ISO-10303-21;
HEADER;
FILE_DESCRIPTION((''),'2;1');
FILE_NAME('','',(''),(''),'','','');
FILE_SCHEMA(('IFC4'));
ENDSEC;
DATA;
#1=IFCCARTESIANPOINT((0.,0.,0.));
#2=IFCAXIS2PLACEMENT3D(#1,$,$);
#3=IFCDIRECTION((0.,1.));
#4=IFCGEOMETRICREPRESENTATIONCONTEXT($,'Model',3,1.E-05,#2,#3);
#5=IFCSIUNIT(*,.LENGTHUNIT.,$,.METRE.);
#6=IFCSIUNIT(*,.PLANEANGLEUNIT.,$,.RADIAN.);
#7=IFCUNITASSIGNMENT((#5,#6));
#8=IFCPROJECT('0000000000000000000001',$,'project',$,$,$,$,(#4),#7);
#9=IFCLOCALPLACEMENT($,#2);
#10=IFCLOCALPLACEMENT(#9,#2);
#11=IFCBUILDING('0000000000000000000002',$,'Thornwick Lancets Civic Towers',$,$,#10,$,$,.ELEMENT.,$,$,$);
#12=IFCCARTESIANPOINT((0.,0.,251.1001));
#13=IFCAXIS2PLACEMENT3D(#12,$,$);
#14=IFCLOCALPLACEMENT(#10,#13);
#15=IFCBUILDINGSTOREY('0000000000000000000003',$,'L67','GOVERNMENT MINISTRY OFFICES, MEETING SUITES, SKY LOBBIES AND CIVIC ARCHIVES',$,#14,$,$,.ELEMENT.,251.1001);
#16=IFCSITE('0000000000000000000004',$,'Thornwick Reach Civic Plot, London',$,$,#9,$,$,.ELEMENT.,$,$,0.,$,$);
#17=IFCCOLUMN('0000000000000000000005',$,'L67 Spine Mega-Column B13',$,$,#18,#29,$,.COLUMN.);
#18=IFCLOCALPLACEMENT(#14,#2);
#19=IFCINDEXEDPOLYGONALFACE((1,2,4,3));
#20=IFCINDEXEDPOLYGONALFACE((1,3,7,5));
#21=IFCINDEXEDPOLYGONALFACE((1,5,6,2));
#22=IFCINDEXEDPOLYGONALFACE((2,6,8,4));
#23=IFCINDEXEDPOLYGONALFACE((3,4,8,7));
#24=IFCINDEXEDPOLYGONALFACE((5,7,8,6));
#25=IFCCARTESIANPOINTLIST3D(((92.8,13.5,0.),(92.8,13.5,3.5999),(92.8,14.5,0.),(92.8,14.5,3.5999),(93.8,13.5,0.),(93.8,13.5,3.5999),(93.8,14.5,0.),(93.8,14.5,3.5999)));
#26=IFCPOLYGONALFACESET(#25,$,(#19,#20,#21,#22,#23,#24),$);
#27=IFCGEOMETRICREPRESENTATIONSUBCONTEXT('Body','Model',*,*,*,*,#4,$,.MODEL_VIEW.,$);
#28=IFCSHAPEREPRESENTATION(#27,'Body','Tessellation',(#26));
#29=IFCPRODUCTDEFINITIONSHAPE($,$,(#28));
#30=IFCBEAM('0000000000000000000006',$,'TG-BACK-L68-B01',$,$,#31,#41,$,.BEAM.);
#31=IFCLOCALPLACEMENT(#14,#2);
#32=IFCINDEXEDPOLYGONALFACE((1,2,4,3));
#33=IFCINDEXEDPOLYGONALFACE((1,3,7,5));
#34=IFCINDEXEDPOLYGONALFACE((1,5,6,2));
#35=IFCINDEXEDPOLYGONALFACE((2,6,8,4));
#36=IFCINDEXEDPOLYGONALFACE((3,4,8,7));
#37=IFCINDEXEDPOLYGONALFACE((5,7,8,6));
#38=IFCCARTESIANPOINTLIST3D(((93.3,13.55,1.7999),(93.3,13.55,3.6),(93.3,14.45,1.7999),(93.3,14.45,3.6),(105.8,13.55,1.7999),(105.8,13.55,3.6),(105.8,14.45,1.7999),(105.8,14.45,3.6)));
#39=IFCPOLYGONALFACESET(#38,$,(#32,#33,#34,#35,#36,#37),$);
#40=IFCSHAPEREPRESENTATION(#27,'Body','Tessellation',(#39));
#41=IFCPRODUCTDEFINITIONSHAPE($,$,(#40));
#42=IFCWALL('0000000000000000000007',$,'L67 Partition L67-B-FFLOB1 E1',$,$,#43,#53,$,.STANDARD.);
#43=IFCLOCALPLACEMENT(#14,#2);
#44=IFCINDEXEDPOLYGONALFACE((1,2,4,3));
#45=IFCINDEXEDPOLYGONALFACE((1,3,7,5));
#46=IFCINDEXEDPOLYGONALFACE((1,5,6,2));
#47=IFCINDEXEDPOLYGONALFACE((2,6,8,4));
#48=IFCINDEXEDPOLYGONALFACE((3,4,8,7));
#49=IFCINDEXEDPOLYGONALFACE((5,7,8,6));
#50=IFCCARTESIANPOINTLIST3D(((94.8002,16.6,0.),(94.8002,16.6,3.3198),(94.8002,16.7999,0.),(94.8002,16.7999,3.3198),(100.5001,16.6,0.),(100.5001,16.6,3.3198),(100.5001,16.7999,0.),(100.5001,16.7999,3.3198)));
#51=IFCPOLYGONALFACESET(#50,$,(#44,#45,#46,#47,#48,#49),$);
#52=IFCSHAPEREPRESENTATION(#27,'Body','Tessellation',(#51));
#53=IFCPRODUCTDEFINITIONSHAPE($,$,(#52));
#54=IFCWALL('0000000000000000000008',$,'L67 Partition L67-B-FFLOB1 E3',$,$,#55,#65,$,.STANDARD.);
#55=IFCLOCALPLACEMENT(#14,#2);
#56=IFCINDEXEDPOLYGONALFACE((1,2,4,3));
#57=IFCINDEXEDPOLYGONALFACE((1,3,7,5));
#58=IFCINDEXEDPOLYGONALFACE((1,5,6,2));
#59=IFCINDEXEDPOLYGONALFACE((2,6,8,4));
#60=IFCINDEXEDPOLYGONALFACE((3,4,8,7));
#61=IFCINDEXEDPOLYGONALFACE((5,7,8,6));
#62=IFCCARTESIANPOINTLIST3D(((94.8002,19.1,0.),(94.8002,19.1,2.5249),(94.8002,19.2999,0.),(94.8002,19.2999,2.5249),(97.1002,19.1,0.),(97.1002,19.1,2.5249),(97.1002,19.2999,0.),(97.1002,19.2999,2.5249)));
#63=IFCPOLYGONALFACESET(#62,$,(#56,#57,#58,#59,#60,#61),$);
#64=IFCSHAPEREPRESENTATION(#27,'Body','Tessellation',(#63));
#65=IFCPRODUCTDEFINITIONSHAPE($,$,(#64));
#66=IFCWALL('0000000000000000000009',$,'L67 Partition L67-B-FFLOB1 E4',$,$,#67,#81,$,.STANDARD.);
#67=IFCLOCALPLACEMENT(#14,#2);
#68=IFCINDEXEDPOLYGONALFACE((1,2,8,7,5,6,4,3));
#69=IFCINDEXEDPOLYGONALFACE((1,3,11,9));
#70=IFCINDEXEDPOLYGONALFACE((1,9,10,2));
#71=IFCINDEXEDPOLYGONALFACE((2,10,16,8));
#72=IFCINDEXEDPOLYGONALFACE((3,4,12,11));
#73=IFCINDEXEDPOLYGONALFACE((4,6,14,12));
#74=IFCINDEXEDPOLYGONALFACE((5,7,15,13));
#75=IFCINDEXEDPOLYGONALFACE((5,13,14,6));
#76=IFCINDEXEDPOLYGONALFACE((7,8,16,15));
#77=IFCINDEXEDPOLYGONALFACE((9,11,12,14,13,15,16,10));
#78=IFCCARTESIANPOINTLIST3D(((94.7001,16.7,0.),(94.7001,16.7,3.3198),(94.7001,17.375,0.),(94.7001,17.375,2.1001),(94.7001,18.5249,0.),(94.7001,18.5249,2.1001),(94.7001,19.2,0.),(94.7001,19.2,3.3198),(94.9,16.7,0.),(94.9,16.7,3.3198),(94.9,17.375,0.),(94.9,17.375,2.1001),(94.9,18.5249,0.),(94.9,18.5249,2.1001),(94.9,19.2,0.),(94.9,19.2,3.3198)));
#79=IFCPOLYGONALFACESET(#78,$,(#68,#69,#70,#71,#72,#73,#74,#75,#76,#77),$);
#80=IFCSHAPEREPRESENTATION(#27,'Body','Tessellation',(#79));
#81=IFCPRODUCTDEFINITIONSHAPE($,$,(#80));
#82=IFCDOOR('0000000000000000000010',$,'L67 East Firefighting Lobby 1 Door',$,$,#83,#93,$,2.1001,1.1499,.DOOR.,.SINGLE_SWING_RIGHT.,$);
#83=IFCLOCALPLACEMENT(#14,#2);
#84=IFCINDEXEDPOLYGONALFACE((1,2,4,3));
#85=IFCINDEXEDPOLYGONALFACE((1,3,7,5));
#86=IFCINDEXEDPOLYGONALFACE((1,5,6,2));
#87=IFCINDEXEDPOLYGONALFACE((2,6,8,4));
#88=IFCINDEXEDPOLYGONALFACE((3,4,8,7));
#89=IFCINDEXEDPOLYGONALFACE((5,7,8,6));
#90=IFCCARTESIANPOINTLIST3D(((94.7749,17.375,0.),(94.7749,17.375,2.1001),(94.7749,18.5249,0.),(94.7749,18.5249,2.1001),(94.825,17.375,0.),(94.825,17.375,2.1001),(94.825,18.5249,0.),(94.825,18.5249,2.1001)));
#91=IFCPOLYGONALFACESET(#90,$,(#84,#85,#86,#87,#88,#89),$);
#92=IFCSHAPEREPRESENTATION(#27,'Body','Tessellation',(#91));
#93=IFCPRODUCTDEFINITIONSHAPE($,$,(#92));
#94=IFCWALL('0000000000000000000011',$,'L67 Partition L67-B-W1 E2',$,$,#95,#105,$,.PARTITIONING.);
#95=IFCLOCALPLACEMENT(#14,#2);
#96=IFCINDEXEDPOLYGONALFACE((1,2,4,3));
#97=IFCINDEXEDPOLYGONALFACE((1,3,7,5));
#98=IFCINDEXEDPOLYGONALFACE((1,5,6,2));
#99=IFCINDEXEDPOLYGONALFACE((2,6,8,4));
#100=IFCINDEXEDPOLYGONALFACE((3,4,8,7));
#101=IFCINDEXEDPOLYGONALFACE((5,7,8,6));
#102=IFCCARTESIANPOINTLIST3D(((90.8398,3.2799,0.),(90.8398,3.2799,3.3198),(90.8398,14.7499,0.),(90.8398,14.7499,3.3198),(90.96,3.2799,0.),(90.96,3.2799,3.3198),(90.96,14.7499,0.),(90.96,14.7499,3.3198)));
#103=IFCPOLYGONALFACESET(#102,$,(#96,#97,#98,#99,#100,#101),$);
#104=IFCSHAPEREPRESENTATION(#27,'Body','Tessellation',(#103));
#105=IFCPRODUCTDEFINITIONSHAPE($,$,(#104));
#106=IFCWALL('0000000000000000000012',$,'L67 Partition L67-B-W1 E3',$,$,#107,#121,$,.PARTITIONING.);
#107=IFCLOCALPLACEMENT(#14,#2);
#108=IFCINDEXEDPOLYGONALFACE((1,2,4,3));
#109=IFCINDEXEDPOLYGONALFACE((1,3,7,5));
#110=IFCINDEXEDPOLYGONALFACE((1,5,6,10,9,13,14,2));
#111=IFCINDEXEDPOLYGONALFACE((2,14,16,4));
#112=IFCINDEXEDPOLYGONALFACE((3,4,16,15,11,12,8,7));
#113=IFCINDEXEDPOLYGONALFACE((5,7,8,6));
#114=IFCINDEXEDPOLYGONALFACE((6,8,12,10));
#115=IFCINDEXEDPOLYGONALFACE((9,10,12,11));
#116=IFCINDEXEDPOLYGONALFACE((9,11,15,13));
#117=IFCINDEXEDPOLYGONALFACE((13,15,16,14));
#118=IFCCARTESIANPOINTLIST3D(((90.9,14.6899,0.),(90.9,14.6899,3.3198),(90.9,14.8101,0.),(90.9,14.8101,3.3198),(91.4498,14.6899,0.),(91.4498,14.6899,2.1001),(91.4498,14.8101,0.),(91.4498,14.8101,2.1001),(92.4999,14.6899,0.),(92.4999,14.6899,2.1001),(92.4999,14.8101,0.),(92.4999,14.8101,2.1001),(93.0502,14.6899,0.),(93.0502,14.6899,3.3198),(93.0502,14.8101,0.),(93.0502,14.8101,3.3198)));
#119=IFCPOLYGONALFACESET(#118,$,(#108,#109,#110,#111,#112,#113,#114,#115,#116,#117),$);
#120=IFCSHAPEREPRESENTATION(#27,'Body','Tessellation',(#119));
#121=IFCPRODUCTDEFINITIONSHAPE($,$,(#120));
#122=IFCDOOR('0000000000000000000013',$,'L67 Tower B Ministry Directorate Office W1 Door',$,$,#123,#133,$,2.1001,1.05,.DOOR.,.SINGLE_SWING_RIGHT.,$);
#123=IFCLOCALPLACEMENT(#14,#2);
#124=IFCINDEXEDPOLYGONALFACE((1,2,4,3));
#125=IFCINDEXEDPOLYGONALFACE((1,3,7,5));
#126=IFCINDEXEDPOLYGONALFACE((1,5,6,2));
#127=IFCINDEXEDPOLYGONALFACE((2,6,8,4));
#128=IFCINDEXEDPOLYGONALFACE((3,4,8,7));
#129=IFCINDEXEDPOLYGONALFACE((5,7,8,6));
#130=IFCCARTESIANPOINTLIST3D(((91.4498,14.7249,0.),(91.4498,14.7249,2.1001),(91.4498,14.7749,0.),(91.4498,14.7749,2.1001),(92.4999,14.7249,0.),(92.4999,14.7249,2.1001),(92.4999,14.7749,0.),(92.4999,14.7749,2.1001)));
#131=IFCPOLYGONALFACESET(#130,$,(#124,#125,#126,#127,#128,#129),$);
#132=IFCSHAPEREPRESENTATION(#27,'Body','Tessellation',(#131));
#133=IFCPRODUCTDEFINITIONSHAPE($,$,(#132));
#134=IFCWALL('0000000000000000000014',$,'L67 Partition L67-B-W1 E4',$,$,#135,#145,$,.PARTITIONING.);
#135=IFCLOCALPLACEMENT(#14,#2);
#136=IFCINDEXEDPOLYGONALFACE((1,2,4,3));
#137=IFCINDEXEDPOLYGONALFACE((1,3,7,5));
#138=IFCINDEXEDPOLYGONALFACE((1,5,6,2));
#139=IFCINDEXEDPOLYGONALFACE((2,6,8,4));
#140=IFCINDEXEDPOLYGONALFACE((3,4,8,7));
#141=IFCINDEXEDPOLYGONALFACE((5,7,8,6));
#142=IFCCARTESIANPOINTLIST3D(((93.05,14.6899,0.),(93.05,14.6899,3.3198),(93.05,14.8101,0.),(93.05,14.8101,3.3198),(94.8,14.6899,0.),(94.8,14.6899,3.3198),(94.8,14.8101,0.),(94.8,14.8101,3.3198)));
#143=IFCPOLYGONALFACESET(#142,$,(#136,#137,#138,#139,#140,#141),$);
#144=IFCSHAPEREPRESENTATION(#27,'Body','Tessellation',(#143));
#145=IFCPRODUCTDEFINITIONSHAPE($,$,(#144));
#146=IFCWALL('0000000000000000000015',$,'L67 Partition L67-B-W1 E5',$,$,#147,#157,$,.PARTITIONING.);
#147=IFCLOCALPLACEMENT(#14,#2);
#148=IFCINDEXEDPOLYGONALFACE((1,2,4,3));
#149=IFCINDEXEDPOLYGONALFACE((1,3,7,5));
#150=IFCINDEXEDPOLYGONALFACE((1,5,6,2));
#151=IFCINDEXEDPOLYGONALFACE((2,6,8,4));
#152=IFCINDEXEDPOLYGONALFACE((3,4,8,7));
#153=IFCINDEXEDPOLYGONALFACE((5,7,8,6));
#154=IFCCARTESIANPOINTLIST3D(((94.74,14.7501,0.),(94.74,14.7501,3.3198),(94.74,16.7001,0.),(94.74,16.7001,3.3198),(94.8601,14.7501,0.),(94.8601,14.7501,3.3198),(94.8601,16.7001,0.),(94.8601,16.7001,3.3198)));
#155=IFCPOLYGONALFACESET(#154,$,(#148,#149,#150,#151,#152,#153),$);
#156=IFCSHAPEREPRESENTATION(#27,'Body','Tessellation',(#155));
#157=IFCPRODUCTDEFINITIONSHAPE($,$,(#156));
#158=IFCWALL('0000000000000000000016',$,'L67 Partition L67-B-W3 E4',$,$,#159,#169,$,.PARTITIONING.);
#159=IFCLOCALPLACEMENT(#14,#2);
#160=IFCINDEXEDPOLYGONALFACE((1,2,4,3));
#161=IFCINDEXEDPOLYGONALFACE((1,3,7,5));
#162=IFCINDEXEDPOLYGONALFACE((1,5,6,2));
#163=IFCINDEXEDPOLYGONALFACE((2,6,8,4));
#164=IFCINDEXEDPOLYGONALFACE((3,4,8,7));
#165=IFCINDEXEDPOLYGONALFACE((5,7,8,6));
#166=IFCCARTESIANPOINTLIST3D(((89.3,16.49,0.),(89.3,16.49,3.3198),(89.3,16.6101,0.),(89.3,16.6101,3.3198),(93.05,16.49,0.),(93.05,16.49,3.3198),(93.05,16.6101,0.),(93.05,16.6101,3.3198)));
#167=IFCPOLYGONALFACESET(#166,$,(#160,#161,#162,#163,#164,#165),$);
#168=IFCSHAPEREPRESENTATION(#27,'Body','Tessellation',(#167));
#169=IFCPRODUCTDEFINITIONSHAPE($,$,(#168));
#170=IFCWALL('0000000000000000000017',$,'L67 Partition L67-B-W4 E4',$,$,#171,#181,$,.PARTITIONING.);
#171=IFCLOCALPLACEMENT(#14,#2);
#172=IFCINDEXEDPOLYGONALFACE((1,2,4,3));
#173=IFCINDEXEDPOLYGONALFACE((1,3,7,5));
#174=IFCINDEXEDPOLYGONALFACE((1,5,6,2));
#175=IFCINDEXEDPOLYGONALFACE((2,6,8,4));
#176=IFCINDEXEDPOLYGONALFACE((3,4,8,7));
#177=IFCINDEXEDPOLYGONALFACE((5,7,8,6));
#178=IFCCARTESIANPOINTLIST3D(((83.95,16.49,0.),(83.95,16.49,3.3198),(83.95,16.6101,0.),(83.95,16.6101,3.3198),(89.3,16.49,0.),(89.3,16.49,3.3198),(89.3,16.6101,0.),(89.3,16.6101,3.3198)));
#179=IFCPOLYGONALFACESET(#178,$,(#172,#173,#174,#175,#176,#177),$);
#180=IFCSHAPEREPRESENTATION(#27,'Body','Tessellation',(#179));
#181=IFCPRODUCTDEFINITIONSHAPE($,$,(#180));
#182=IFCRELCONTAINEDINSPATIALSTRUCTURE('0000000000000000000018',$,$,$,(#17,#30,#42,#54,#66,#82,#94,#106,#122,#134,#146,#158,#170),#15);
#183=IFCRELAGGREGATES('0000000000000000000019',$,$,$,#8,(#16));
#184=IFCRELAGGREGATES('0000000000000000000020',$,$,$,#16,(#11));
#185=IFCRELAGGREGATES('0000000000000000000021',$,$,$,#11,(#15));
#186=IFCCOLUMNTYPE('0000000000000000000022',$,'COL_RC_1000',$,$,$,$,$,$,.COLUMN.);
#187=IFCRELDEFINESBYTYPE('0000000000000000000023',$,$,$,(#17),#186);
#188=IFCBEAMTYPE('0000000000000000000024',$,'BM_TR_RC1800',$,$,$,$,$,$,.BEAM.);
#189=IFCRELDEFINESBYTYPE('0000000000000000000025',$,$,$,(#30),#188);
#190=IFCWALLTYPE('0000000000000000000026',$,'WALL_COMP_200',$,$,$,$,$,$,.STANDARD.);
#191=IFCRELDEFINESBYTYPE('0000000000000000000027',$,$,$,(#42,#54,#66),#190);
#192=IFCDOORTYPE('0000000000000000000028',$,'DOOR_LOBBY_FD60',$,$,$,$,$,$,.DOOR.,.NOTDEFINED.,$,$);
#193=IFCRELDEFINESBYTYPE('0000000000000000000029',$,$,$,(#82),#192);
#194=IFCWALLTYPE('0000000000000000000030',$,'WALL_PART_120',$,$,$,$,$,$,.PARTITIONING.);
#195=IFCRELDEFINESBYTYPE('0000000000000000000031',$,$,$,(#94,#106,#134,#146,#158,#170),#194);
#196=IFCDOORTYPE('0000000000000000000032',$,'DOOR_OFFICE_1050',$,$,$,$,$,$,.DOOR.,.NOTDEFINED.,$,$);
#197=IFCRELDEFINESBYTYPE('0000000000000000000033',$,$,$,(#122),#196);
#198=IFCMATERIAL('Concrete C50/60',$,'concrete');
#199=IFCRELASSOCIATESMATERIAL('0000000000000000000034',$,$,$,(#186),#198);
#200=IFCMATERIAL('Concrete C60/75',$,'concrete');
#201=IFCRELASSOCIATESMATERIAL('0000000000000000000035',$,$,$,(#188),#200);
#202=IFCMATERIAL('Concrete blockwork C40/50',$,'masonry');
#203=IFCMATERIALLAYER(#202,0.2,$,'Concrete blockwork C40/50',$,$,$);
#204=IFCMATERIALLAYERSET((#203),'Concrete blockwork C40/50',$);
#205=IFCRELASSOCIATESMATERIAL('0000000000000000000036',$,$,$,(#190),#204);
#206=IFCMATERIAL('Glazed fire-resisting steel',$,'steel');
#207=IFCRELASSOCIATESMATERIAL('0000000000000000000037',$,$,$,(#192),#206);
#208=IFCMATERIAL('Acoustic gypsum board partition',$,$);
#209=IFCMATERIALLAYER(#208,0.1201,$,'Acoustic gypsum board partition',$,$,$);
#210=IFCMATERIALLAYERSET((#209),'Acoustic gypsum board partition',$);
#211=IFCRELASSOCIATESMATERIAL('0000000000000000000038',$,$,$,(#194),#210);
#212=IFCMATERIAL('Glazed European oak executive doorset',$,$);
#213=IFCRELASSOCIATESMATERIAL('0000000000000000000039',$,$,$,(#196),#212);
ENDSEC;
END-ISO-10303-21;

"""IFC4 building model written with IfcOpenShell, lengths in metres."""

from ifc_helpers import new_model, si_unit, direction, frame, frame_2d, origin, origin_2d, place, context, subcontext, project, spatial, rectangle, extrude, material, layer, layer_set, material_profile, profile_set, type_object, element, fill, save


model = new_model("IFC4")

# Units and contexts
model_context = context("Model", 3, precision=1e-05, world=origin(), true_north=direction((0.0, 1.0)))
body_context = subcontext(model_context, "Body", "Model", "MODEL_VIEW")
ifc_project = project(units=[si_unit("LENGTHUNIT", "METRE"), si_unit("PLANEANGLEUNIT", "RADIAN")], contexts=[model_context])

# Site, building, storey
site_placement = place(None, origin())
site = spatial("IfcSite", under=ifc_project, at=site_placement, Name="Thornwick Reach Civic Plot, London", CompositionType="ELEMENT", RefElevation=0.0)
building_placement = place(site_placement, origin())
building = spatial("IfcBuilding", under=site, at=building_placement, Name="Thornwick Lancets Civic Towers", CompositionType="ELEMENT")
storey_placement = place(building_placement, frame((0.0, 0.0, 251.1001)))
storey = spatial("IfcBuildingStorey", under=building, at=storey_placement, Name="L67", Description="GOVERNMENT MINISTRY OFFICES, MEETING SUITES, SKY LOBBIES AND CIVIC ARCHIVES", CompositionType="ELEMENT", Elevation=251.1001)

# Column
ifc_material_1 = material(Name="Concrete C50/60", Category="concrete")
ifc_material_profile_1 = material_profile(ifc_material_1, rectangle(XDim=1.0, YDim=1.0, at=origin_2d()), Name="RC 1000x1000")
ifc_profile_set_1 = profile_set([ifc_material_profile_1], Name="Concrete C50/60")
column_type = type_object("IfcColumnType", Name="COL_RC_1000", PredefinedType="COLUMN", material=ifc_profile_set_1)
column_placement = place(storey_placement, frame((93.3, 14.0, 0.0), z_axis=(0.0, 0.0, 1.0), x_axis=(1.0, 0.0, 0.0)))
element("IfcColumn", 1, at=column_placement, inside=storey, type_object=column_type, Name="L67 Spine Mega-Column B13", PredefinedType="COLUMN", context=body_context, shape_type="SweptSolid", body=[
    extrude(rectangle(XDim=1.0, YDim=1.0, at=origin_2d()), origin(), (0.0, 0.0, 1.0), 3.5999),
])

# Beam
ifc_material_2 = material(Name="Concrete C60/75", Category="concrete")
ifc_material_profile_2 = material_profile(ifc_material_2, rectangle(XDim=0.8999, YDim=1.8, at=origin_2d()), Name="RC 900x1800")
ifc_profile_set_2 = profile_set([ifc_material_profile_2], Name="Concrete C60/75")
beam_type = type_object("IfcBeamType", Name="BM_TR_RC1800", PredefinedType="BEAM", material=ifc_profile_set_2)
beam_placement = place(storey_placement, frame((93.3, 14.0, 2.7), z_axis=(1.0, 0.0, 0.0), x_axis=(0.0, 1.0, 0.0)))
element("IfcBeam", 2, at=beam_placement, inside=storey, type_object=beam_type, Name="TG-BACK-L68-B01", PredefinedType="BEAM", context=body_context, shape_type="SweptSolid", body=[
    extrude(rectangle(XDim=0.8999, YDim=1.8, at=origin_2d()), origin(), (0.0, 0.0, 1.0), 12.5),
])

# Walls
ifc_material_3 = material(Name="Concrete blockwork C40/50", Category="masonry")
ifc_layer_1 = layer(ifc_material_3, 0.2, Name="Concrete blockwork C40/50")
ifc_layer_set_1 = layer_set([ifc_layer_1], Name="Concrete blockwork C40/50")
wall_type_1 = type_object("IfcWallType", Name="WALL_COMP_200", PredefinedType="STANDARD", material=ifc_layer_set_1)
wall_1_placement = place(storey_placement, frame((94.8, 16.7, 0.0), z_axis=(0.0, 0.0, 1.0), x_axis=(1.0, 0.0, 0.0)))
element("IfcWall", 3, at=wall_1_placement, inside=storey, type_object=wall_type_1, Name="L67 Partition L67-B-FFLOB1 E1", PredefinedType="STANDARD", context=body_context, shape_type="SweptSolid", body=[
    extrude(rectangle(XDim=5.7, YDim=0.2, at=frame_2d((2.8501, 0.0))), origin(), (0.0, 0.0, 1.0), 3.3198),
])
wall_2_placement = place(storey_placement, frame((97.1001, 19.2, 0.0), z_axis=(0.0, 0.0, 1.0), x_axis=(-1.0, 0.0, 0.0)))
element("IfcWall", 4, at=wall_2_placement, inside=storey, type_object=wall_type_1, Name="L67 Partition L67-B-FFLOB1 E3", PredefinedType="STANDARD", context=body_context, shape_type="SweptSolid", body=[
    extrude(rectangle(XDim=2.3, YDim=0.2, at=frame_2d((1.1499, 0.0))), origin(), (0.0, 0.0, 1.0), 2.5249),
])

# Wall, opening, door
wall_3_placement = place(storey_placement, frame((94.8, 19.2, 0.0), z_axis=(0.0, 0.0, 1.0), x_axis=(0.0, -1.0, 0.0)))
wall_3 = element("IfcWall", 5, at=wall_3_placement, inside=storey, type_object=wall_type_1, Name="L67 Partition L67-B-FFLOB1 E4", PredefinedType="STANDARD", context=body_context, shape_type="SweptSolid", body=[
    extrude(rectangle(XDim=2.5, YDim=0.2, at=frame_2d((1.25, 0.0))), origin(), (0.0, 0.0, 1.0), 3.3198),
])
opening_1_placement = place(wall_3_placement, frame((0.675, 0.0, 0.0)))
opening_1 = element("IfcOpeningElement", 6, at=opening_1_placement, cuts=wall_3, PredefinedType="OPENING", context=body_context, shape_type="SweptSolid", body=[
    extrude(rectangle(XDim=1.1499, YDim=2.1001, at=frame_2d((0.575, 1.05))), frame((0.0, 0.1099, 0.0), z_axis=(0.0, -1.0, 0.0), x_axis=(1.0, 0.0, 0.0)), (0.0, 0.0, 1.0), 0.22),
])
ifc_material_4 = material(Name="Glazed fire-resisting steel", Category="steel")
door_type_1 = type_object("IfcDoorType", Name="DOOR_LOBBY_FD60", OperationType="NOTDEFINED", PredefinedType="DOOR", material=ifc_material_4)
door_1_placement = place(opening_1_placement, origin())
door_1 = element("IfcDoor", 7, at=door_1_placement, inside=storey, type_object=door_type_1, Name="L67 East Firefighting Lobby 1 Door", OperationType="SINGLE_SWING_RIGHT", OverallHeight=2.1001, OverallWidth=1.1499, PredefinedType="DOOR", context=body_context, shape_type="SweptSolid", body=[
    extrude(rectangle(XDim=1.1499, YDim=2.1001, at=frame_2d((0.575, 1.05))), frame((0.0, 0.0249, 0.0), z_axis=(0.0, -1.0, 0.0), x_axis=(1.0, 0.0, 0.0)), (0.0, 0.0, 1.0), 0.05),
])
fill(opening_1, door_1)

# Wall
ifc_material_5 = material(Name="Acoustic gypsum board partition")
ifc_layer_2 = layer(ifc_material_5, 0.1201, Name="Acoustic gypsum board partition")
ifc_layer_set_2 = layer_set([ifc_layer_2], Name="Acoustic gypsum board partition")
wall_type_2 = type_object("IfcWallType", Name="WALL_PART_120", PredefinedType="PARTITIONING", material=ifc_layer_set_2)
wall_4_placement = place(storey_placement, frame((90.8999, 3.28, 0.0), z_axis=(0.0, 0.0, 1.0), x_axis=(0.0, 1.0, 0.0)))
element("IfcWall", 8, at=wall_4_placement, inside=storey, type_object=wall_type_2, Name="L67 Partition L67-B-W1 E2", PredefinedType="PARTITIONING", context=body_context, shape_type="SweptSolid", body=[
    extrude(rectangle(XDim=11.47, YDim=0.1201, at=frame_2d((5.7349, 0.0))), origin(), (0.0, 0.0, 1.0), 3.3198),
])

# Wall, opening, door
wall_5_placement = place(storey_placement, frame((90.8999, 14.75, 0.0), z_axis=(0.0, 0.0, 1.0), x_axis=(1.0, 0.0, 0.0)))
wall_5 = element("IfcWall", 9, at=wall_5_placement, inside=storey, type_object=wall_type_2, Name="L67 Partition L67-B-W1 E3", PredefinedType="PARTITIONING", context=body_context, shape_type="SweptSolid", body=[
    extrude(rectangle(XDim=2.1501, YDim=0.1201, at=frame_2d((1.0752, 0.0))), origin(), (0.0, 0.0, 1.0), 3.3198),
])
opening_2_placement = place(wall_5_placement, frame((0.55, 0.0, 0.0)))
opening_2 = element("IfcOpeningElement", 10, at=opening_2_placement, cuts=wall_5, PredefinedType="OPENING", context=body_context, shape_type="SweptSolid", body=[
    extrude(rectangle(XDim=1.05, YDim=2.1001, at=frame_2d((0.5249, 1.05))), frame((0.0, 0.0701, 0.0), z_axis=(0.0, -1.0, 0.0), x_axis=(1.0, 0.0, 0.0)), (0.0, 0.0, 1.0), 0.1401),
])
ifc_material_6 = material(Name="Glazed European oak executive doorset")
door_type_2 = type_object("IfcDoorType", Name="DOOR_OFFICE_1050", OperationType="NOTDEFINED", PredefinedType="DOOR", material=ifc_material_6)
door_2_placement = place(opening_2_placement, origin())
door_2 = element("IfcDoor", 11, at=door_2_placement, inside=storey, type_object=door_type_2, Name="L67 Tower B Ministry Directorate Office W1 Door", OperationType="SINGLE_SWING_RIGHT", OverallHeight=2.1001, OverallWidth=1.05, PredefinedType="DOOR", context=body_context, shape_type="SweptSolid", body=[
    extrude(rectangle(XDim=1.05, YDim=2.1001, at=frame_2d((0.5249, 1.05))), frame((0.0, 0.0249, 0.0), z_axis=(0.0, -1.0, 0.0), x_axis=(1.0, 0.0, 0.0)), (0.0, 0.0, 1.0), 0.05),
])
fill(opening_2, door_2)

# Walls
wall_6_placement = place(storey_placement, frame((93.05, 14.75, 0.0), z_axis=(0.0, 0.0, 1.0), x_axis=(1.0, 0.0, 0.0)))
element("IfcWall", 12, at=wall_6_placement, inside=storey, type_object=wall_type_2, Name="L67 Partition L67-B-W1 E4", PredefinedType="PARTITIONING", context=body_context, shape_type="SweptSolid", body=[
    extrude(rectangle(XDim=1.75, YDim=0.1201, at=frame_2d((0.875, 0.0))), origin(), (0.0, 0.0, 1.0), 3.3198),
])
wall_7_placement = place(storey_placement, frame((94.8, 14.75, 0.0), z_axis=(0.0, 0.0, 1.0), x_axis=(0.0, 1.0, 0.0)))
element("IfcWall", 13, at=wall_7_placement, inside=storey, type_object=wall_type_2, Name="L67 Partition L67-B-W1 E5", PredefinedType="PARTITIONING", context=body_context, shape_type="SweptSolid", body=[
    extrude(rectangle(XDim=1.95, YDim=0.1201, at=frame_2d((0.9751, 0.0))), origin(), (0.0, 0.0, 1.0), 3.3198),
])
wall_8_placement = place(storey_placement, frame((93.05, 16.55, 0.0), z_axis=(0.0, 0.0, 1.0), x_axis=(-1.0, 0.0, 0.0)))
element("IfcWall", 14, at=wall_8_placement, inside=storey, type_object=wall_type_2, Name="L67 Partition L67-B-W3 E4", PredefinedType="PARTITIONING", context=body_context, shape_type="SweptSolid", body=[
    extrude(rectangle(XDim=3.75, YDim=0.1201, at=frame_2d((1.875, 0.0))), origin(), (0.0, 0.0, 1.0), 3.3198),
])
wall_9_placement = place(storey_placement, frame((89.3, 16.55, 0.0), z_axis=(0.0, 0.0, 1.0), x_axis=(-1.0, 0.0, 0.0)))
element("IfcWall", 15, at=wall_9_placement, inside=storey, type_object=wall_type_2, Name="L67 Partition L67-B-W4 E4", PredefinedType="PARTITIONING", context=body_context, shape_type="SweptSolid", body=[
    extrude(rectangle(XDim=5.3501, YDim=0.1201, at=frame_2d((2.675, 0.0))), origin(), (0.0, 0.0, 1.0), 3.3198),
])

save(model, "model.ifc")
